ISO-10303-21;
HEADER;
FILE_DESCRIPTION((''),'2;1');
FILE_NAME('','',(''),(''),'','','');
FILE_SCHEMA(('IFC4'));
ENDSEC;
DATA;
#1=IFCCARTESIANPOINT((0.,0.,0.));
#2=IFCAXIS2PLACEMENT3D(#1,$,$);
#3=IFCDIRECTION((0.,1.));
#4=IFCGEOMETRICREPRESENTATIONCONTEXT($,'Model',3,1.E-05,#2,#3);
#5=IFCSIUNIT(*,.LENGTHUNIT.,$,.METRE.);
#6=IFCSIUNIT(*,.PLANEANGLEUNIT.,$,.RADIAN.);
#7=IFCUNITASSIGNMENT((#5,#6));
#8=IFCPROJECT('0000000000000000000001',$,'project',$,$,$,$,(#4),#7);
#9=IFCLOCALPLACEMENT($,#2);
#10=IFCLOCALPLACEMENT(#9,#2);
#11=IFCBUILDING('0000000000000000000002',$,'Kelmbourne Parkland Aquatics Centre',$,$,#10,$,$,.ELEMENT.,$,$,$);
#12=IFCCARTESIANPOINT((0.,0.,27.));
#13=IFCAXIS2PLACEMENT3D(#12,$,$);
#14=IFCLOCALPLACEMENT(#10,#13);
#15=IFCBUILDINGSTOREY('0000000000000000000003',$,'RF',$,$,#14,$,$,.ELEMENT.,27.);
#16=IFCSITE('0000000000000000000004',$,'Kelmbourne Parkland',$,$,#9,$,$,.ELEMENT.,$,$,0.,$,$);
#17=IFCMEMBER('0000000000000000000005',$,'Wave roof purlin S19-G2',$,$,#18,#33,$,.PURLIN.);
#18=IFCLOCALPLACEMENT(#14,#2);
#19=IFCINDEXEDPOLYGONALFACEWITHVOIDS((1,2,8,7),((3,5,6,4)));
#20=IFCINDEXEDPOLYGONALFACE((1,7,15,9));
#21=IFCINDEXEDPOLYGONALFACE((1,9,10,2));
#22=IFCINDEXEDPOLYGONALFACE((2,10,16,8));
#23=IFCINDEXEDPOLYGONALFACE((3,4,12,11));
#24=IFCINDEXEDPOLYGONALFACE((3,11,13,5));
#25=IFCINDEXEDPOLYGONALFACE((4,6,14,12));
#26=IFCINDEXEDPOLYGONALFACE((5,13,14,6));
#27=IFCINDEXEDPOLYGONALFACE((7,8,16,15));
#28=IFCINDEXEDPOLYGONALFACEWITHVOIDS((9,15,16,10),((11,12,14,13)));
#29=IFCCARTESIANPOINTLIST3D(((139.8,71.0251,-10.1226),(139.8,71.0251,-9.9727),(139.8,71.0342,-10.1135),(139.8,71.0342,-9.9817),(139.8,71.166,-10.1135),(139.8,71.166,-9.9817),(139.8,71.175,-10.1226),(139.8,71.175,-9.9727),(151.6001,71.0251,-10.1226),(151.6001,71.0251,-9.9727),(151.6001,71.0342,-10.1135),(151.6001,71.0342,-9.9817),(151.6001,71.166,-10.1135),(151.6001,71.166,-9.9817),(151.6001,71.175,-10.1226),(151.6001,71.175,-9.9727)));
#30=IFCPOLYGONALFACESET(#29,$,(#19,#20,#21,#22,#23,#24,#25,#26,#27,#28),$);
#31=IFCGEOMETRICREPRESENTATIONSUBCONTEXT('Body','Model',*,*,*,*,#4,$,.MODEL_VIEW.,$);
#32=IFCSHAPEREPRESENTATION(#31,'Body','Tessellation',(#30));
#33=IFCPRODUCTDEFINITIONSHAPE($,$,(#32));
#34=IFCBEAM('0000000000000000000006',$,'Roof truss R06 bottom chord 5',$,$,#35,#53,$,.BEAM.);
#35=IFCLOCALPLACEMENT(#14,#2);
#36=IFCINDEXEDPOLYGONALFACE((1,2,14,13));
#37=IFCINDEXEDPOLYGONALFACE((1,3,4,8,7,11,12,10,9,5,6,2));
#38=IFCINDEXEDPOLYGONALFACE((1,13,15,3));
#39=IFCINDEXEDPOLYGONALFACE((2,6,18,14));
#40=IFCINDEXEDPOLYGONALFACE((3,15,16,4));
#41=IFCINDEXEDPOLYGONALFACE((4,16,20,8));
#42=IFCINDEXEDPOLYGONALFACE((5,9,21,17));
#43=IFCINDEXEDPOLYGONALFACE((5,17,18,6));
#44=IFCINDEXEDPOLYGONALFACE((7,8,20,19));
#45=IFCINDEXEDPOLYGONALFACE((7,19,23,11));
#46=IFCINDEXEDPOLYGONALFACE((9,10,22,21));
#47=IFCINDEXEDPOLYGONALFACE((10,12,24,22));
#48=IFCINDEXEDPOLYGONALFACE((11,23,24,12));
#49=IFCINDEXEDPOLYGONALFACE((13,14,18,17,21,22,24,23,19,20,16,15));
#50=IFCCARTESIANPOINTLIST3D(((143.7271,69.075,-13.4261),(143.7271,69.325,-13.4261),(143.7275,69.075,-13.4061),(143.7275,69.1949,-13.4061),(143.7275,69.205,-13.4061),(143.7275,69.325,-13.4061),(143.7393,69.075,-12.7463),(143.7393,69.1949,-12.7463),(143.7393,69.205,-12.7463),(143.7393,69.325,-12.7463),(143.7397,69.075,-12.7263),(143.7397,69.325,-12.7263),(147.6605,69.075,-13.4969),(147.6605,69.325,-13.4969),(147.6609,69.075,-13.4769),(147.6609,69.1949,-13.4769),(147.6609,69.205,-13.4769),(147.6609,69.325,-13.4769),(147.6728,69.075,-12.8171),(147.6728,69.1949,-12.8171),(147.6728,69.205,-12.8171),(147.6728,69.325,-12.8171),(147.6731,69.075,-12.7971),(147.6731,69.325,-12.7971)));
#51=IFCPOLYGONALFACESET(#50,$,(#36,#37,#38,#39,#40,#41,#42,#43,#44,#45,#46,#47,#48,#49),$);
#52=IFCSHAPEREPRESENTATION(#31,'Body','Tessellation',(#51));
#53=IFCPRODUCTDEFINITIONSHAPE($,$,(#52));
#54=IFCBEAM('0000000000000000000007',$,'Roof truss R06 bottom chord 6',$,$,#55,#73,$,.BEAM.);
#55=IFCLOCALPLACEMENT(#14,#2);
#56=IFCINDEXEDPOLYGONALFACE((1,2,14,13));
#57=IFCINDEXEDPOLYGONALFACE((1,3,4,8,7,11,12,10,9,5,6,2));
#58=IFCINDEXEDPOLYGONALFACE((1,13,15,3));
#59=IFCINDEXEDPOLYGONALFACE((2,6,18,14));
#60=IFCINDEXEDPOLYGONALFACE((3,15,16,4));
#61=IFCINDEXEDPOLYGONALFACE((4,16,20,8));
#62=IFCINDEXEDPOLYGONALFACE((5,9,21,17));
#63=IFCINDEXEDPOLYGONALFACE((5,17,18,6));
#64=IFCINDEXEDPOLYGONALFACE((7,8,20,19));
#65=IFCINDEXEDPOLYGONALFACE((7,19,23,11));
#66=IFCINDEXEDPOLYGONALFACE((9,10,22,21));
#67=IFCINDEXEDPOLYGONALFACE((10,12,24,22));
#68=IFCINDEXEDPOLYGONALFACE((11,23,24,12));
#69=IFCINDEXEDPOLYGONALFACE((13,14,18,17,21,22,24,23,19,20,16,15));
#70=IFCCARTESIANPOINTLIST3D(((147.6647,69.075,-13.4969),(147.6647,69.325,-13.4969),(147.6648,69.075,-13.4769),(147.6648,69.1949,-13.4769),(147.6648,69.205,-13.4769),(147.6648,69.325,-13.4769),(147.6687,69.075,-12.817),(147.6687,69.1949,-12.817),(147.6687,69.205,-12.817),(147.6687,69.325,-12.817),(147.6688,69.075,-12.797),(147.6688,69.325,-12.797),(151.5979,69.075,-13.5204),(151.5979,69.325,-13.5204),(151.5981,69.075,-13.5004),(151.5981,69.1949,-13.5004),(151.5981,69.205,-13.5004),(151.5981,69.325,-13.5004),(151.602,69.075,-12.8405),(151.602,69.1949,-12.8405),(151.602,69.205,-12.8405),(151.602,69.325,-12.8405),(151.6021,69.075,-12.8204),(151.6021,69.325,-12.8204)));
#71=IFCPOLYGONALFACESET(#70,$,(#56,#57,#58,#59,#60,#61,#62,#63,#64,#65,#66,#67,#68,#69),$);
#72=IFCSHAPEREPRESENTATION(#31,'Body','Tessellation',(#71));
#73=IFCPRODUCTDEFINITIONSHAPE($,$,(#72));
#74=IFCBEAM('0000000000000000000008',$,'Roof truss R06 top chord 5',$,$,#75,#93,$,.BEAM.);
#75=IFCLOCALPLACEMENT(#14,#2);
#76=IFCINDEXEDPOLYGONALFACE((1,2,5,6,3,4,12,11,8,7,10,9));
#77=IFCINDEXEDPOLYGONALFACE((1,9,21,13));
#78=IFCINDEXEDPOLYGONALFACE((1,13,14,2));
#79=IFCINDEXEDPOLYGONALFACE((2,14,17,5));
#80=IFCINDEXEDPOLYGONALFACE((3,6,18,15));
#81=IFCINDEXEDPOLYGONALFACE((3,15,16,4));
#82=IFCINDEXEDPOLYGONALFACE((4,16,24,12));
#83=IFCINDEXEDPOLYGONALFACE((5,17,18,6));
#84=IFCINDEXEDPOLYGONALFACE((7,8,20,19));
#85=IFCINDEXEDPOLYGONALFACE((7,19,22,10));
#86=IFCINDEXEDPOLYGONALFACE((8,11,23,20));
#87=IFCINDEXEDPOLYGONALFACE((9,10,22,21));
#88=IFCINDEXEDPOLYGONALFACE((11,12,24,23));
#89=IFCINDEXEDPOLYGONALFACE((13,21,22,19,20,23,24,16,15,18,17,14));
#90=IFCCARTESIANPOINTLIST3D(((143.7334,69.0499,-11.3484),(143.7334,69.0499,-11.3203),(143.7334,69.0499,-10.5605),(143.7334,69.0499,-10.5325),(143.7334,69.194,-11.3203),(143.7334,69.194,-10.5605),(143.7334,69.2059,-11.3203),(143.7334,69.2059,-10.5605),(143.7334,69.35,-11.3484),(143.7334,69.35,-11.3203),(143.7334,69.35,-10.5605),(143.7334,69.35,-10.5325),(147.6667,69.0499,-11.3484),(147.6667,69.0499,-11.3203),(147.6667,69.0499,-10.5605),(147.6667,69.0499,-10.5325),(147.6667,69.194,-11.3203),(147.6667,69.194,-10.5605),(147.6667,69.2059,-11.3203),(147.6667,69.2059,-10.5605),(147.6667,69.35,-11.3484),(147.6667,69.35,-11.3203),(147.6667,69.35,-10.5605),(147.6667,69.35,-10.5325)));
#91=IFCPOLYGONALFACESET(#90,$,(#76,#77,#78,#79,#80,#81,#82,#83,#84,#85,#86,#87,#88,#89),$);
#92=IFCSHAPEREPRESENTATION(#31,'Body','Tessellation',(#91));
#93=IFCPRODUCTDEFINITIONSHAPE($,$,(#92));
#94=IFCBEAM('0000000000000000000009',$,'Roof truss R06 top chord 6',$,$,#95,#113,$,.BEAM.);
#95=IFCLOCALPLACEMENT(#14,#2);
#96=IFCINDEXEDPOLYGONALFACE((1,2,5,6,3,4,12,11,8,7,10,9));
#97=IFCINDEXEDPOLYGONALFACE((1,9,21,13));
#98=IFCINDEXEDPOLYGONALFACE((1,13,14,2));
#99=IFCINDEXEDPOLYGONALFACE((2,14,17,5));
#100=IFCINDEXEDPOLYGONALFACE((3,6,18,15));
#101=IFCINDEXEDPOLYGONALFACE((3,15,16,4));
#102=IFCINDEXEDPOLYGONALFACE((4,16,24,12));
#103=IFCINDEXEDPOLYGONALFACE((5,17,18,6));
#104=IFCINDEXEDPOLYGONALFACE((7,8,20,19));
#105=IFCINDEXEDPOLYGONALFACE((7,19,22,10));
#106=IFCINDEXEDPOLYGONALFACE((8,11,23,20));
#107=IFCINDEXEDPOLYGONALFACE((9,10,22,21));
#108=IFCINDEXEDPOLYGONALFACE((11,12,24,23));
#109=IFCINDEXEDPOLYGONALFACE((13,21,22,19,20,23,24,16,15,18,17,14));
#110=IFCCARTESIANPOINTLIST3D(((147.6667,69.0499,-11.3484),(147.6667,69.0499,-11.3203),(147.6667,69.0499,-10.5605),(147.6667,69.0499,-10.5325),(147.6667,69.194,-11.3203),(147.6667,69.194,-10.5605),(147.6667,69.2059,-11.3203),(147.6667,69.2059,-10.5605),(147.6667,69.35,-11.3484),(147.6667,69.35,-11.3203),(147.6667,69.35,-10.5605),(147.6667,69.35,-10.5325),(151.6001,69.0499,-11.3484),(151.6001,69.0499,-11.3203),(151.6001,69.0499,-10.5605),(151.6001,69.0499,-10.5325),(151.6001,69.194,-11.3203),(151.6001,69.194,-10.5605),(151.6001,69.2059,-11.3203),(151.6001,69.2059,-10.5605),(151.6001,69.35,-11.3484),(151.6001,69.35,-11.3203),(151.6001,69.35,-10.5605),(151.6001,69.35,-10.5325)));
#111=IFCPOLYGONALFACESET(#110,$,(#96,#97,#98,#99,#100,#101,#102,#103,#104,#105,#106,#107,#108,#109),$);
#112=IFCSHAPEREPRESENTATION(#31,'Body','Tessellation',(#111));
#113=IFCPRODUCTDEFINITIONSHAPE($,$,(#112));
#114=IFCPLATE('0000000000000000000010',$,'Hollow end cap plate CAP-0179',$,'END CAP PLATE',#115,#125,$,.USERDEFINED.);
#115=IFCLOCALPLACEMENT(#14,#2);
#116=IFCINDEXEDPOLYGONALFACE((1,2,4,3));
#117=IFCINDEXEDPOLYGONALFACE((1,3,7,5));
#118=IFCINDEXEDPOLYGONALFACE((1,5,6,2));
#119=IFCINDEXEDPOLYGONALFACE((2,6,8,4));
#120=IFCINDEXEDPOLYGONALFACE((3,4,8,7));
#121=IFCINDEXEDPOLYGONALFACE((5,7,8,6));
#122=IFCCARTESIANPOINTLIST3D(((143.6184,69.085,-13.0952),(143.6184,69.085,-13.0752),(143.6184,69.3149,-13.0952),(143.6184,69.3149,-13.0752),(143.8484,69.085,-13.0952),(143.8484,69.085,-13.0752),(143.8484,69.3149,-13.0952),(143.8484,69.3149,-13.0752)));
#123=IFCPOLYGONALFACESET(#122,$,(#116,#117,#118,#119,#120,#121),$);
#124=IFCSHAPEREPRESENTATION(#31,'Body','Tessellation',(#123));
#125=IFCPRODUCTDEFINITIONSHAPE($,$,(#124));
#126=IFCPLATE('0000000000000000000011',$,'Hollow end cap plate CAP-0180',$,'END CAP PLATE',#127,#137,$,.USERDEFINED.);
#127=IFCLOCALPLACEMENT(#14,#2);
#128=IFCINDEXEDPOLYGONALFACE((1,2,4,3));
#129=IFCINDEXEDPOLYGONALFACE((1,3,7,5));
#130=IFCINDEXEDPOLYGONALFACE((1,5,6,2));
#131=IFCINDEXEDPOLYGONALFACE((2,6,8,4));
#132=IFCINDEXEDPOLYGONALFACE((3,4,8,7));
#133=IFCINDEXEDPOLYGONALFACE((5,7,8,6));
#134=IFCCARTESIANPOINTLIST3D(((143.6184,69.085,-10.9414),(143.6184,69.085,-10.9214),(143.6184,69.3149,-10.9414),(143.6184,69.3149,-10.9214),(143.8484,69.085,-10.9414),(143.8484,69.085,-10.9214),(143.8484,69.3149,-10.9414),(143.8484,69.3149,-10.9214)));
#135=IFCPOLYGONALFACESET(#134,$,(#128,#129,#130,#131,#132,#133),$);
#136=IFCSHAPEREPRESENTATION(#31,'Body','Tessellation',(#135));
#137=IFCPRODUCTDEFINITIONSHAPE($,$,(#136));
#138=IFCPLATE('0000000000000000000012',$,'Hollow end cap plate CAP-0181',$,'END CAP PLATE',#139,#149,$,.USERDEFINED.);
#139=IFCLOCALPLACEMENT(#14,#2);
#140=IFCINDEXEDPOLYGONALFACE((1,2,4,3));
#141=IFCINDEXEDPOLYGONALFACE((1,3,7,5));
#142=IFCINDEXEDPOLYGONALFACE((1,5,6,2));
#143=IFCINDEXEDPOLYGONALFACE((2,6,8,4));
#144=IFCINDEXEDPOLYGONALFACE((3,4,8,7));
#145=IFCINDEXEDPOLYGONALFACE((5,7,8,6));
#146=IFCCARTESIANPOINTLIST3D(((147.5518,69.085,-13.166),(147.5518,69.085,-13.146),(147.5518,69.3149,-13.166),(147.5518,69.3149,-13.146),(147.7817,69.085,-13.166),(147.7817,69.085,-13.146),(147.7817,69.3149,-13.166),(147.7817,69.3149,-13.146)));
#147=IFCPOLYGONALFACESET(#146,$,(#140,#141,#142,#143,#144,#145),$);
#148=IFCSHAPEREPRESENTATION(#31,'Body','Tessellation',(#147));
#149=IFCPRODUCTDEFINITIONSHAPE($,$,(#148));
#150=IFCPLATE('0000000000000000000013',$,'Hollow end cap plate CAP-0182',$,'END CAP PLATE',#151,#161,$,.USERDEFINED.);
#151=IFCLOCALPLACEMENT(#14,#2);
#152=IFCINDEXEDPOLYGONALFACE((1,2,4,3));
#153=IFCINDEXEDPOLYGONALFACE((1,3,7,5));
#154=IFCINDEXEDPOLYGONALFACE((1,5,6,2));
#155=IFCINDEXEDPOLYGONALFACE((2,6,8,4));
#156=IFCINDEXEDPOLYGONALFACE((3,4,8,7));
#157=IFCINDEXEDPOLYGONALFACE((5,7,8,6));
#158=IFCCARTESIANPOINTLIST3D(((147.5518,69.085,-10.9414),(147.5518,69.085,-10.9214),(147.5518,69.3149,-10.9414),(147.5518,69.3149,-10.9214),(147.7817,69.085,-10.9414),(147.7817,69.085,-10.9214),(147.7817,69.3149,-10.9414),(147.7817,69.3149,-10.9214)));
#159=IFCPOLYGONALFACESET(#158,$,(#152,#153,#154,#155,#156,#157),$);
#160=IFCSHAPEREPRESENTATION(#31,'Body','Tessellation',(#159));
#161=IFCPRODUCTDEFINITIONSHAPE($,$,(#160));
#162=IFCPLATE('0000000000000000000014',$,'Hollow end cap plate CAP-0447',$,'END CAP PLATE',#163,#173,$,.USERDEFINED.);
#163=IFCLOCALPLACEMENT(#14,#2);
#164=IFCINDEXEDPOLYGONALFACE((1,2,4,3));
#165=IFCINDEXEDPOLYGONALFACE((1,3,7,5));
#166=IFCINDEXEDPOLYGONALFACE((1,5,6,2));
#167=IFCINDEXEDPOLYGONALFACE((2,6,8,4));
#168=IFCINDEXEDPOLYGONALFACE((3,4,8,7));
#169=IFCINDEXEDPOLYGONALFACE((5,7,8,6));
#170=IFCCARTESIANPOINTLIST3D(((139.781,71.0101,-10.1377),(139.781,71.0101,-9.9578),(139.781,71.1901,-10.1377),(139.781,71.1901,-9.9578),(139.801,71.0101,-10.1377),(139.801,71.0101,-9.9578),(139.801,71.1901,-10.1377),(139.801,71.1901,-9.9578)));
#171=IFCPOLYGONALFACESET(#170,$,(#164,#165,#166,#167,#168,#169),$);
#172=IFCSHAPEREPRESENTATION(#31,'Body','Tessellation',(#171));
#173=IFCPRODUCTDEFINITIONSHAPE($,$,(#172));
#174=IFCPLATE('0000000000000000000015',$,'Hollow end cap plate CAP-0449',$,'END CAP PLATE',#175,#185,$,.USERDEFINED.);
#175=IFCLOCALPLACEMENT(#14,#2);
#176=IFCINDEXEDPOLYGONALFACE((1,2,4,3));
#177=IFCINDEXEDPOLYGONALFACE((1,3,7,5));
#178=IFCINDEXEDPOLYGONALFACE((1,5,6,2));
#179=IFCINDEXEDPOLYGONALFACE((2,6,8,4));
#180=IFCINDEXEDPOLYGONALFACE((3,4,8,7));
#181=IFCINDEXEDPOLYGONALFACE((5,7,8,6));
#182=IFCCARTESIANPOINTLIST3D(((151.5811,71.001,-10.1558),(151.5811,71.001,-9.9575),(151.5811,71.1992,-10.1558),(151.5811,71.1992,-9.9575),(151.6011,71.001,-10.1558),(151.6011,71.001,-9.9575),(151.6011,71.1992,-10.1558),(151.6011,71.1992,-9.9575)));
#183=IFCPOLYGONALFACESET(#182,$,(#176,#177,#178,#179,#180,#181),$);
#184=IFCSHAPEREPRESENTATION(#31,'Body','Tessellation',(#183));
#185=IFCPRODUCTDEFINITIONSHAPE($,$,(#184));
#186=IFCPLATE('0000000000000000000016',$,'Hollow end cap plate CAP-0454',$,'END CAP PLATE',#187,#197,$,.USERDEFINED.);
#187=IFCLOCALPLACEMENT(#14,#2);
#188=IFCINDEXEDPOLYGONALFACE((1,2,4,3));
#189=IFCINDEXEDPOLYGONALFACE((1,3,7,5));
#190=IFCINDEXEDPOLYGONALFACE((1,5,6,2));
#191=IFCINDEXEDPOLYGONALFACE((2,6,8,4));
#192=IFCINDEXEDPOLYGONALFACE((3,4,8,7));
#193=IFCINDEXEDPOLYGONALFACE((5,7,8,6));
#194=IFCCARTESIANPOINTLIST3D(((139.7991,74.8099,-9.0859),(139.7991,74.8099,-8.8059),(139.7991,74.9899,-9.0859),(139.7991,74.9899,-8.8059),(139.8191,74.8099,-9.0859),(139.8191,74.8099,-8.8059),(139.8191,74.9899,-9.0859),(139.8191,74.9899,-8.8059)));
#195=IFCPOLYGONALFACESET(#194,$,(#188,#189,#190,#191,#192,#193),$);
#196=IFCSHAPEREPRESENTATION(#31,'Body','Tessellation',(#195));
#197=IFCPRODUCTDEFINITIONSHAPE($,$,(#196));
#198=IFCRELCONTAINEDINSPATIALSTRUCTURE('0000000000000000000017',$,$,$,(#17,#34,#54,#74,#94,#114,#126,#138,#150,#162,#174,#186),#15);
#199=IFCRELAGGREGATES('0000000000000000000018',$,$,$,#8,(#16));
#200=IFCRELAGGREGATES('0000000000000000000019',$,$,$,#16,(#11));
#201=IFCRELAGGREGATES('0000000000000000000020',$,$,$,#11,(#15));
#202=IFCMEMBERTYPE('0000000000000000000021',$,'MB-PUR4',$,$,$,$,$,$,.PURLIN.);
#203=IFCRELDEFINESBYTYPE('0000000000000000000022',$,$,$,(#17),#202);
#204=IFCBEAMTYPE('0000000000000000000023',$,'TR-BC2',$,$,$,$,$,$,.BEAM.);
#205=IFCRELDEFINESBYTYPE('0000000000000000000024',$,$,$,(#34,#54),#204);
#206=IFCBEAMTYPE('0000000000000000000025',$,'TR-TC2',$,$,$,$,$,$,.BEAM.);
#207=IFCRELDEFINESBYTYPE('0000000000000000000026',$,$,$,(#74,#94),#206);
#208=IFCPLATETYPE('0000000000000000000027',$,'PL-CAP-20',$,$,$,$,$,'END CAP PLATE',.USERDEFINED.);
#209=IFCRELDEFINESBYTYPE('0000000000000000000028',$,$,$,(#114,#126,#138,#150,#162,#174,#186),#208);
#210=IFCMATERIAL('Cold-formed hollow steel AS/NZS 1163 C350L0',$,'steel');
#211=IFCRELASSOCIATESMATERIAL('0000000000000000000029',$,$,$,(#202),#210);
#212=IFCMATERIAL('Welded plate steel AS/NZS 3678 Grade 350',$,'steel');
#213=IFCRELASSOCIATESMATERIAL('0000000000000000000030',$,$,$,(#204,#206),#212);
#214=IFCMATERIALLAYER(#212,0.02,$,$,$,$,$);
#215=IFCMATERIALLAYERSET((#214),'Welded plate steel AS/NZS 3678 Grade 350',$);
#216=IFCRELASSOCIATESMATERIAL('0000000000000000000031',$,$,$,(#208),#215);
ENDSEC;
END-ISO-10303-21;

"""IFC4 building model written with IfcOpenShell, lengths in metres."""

from ifc_helpers import new_model, si_unit, direction, frame, origin, origin_2d, place, context, subcontext, project, spatial, rectangle, hollow_rectangle, i_section, extrude, material, layer, layer_set, material_profile, profile_set, type_object, element, save


model = new_model("IFC4")

# Units and contexts
model_context = context("Model", 3, precision=1e-05, world=origin(), true_north=direction((0.0, 1.0)))
body_context = subcontext(model_context, "Body", "Model", "MODEL_VIEW")
ifc_project = project(units=[si_unit("LENGTHUNIT", "METRE"), si_unit("PLANEANGLEUNIT", "RADIAN")], contexts=[model_context])

# Site, building, storey
site_placement = place(None, origin())
site = spatial("IfcSite", under=ifc_project, at=site_placement, Name="Kelmbourne Parkland", CompositionType="ELEMENT", RefElevation=0.0)
building_placement = place(site_placement, origin())
building = spatial("IfcBuilding", under=site, at=building_placement, Name="Kelmbourne Parkland Aquatics Centre", CompositionType="ELEMENT")
storey_placement = place(building_placement, frame((0.0, 0.0, 27.0)))
storey = spatial("IfcBuildingStorey", under=building, at=storey_placement, Name="RF", CompositionType="ELEMENT", Elevation=27.0)

# Member
ifc_material_1 = material(Name="Cold-formed hollow steel AS/NZS 1163 C350L0", Category="steel")
ifc_material_profile_1 = material_profile(ifc_material_1, hollow_rectangle(XDim=0.1499, YDim=0.1499, WallThickness=0.009, at=origin_2d()), Name="SHS 150x150x9.0")
ifc_profile_set_1 = profile_set([ifc_material_profile_1], Name="Cold-formed hollow steel AS/NZS 1163 C350L0")
member_type_1 = type_object("IfcMemberType", Name="MB-PUR4", PredefinedType="PURLIN", material=ifc_profile_set_1)
member_1_placement = place(storey_placement, frame((139.8, 71.1001, -10.0476), z_axis=(1.0, 0.0, 0.0), x_axis=(0.0, 1.0, 0.0)))
element("IfcMember", 1, at=member_1_placement, inside=storey, type_object=member_type_1, Name="Wave roof purlin S19-G2", PredefinedType="PURLIN", context=body_context, shape_type="SweptSolid", body=[
    extrude(hollow_rectangle(XDim=0.1499, YDim=0.1499, WallThickness=0.009, at=origin_2d()), origin(), (0.0, 0.0, 1.0), 11.8),
])

# Beams
ifc_material_2 = material(Name="Welded plate steel AS/NZS 3678 Grade 350", Category="steel")
ifc_material_profile_2 = material_profile(ifc_material_2, i_section(OverallWidth=0.25, OverallDepth=0.7, WebThickness=0.01, FlangeThickness=0.02, at=origin_2d()), Name="700WB130")
ifc_profile_set_2 = profile_set([ifc_material_profile_2], Name="Welded plate steel AS/NZS 3678 Grade 350")
beam_type_1 = type_object("IfcBeamType", Name="TR-BC2", PredefinedType="BEAM", material=ifc_profile_set_2)
beam_1_placement = place(storey_placement, frame((143.7334, 69.2, -13.0762), z_axis=(0.999838, 0.0, -0.017997), x_axis=(0.0, 1.0, 0.0)))
element("IfcBeam", 2, at=beam_1_placement, inside=storey, type_object=beam_type_1, Name="Roof truss R06 bottom chord 5", PredefinedType="BEAM", context=body_context, shape_type="SweptSolid", body=[
    extrude(i_section(OverallWidth=0.25, OverallDepth=0.7, WebThickness=0.01, FlangeThickness=0.02, at=origin_2d()), origin(), (0.0, 0.0, 1.0), 3.9341),
])
beam_2_placement = place(storey_placement, frame((147.6667, 69.2, -13.147), z_axis=(0.999982, 0.0, -0.005959), x_axis=(0.0, 1.0, 0.0)))
element("IfcBeam", 3, at=beam_2_placement, inside=storey, type_object=beam_type_1, Name="Roof truss R06 bottom chord 6", PredefinedType="BEAM", context=body_context, shape_type="SweptSolid", body=[
    extrude(i_section(OverallWidth=0.25, OverallDepth=0.7, WebThickness=0.01, FlangeThickness=0.02, at=origin_2d()), origin(), (0.0, 0.0, 1.0), 3.9333),
])
ifc_material_profile_3 = material_profile(ifc_material_2, i_section(OverallWidth=0.3, OverallDepth=0.8159, WebThickness=0.012, FlangeThickness=0.0281, at=origin_2d()), Name="800WB192")
ifc_profile_set_3 = profile_set([ifc_material_profile_3], Name="Welded plate steel AS/NZS 3678 Grade 350")
beam_type_2 = type_object("IfcBeamType", Name="TR-TC2", PredefinedType="BEAM", material=ifc_profile_set_3)
for number, where, z_axis, x_axis, name in (
    (4, (143.7334, 69.2, -10.9404), (1.0, 0.0, 0.0), (0.0, 1.0, 0.0), "Roof truss R06 top chord 5"),
    (5, (147.6667, 69.2, -10.9404), (1.0, 0.0, 0.0), (0.0, 1.0, 0.0), "Roof truss R06 top chord 6"),
):
    element("IfcBeam", number, at=place(storey_placement, frame(where, z_axis=z_axis, x_axis=x_axis)), inside=storey, type_object=beam_type_2, Name=name, PredefinedType="BEAM", context=body_context, shape_type="SweptSolid", body=[
        extrude(i_section(OverallWidth=0.3, OverallDepth=0.8159, WebThickness=0.012, FlangeThickness=0.0281, at=origin_2d()), origin(), (0.0, 0.0, 1.0), 3.9333),
    ])

# Plates
ifc_layer_1 = layer(ifc_material_2, 0.02)
ifc_layer_set_1 = layer_set([ifc_layer_1], Name="Welded plate steel AS/NZS 3678 Grade 350")
plate_type_1 = type_object("IfcPlateType", Name="PL-CAP-20", ElementType="END CAP PLATE", PredefinedType="USERDEFINED", material=ifc_layer_set_1)
for number, where, z_axis, x_axis, name in (
    (6, (143.7334, 69.2, -13.0952), (0.0, 0.0, 1.0), (1.0, 0.0, 0.0), "Hollow end cap plate CAP-0179"),
    (7, (143.7334, 69.2, -10.9414), (0.0, 0.0, 1.0), (1.0, 0.0, 0.0), "Hollow end cap plate CAP-0180"),
    (8, (147.6667, 69.2, -13.166), (0.0, 0.0, 1.0), (1.0, 0.0, 0.0), "Hollow end cap plate CAP-0181"),
    (9, (147.6667, 69.2, -10.9414), (0.0, 0.0, 1.0), (1.0, 0.0, 0.0), "Hollow end cap plate CAP-0182"),
):
    element("IfcPlate", number, at=place(storey_placement, frame(where, z_axis=z_axis, x_axis=x_axis)), inside=storey, type_object=plate_type_1, Name=name, ObjectType="END CAP PLATE", PredefinedType="USERDEFINED", context=body_context, shape_type="SweptSolid", body=[
        extrude(rectangle(XDim=0.23, YDim=0.23, at=origin_2d()), origin(), (0.0, 0.0, 1.0), 0.02),
    ])
plate_1_placement = place(storey_placement, frame((139.791, 71.1001, -10.1377), z_axis=(0.0, 0.0, 1.0), x_axis=(-1.0, 0.0, 0.0)))
element("IfcPlate", 10, at=plate_1_placement, inside=storey, type_object=plate_type_1, Name="Hollow end cap plate CAP-0447", ObjectType="END CAP PLATE", PredefinedType="USERDEFINED", context=body_context, shape_type="SweptSolid", body=[
    extrude(rectangle(XDim=0.02, YDim=0.1799, at=origin_2d()), origin(), (0.0, 0.0, 1.0), 0.1799),
])
plate_2_placement = place(storey_placement, frame((151.5911, 71.1001, -10.1558), z_axis=(0.0, 0.0, 1.0), x_axis=(-1.0, 0.0, 0.0)))
element("IfcPlate", 11, at=plate_2_placement, inside=storey, type_object=plate_type_1, Name="Hollow end cap plate CAP-0449", ObjectType="END CAP PLATE", PredefinedType="USERDEFINED", context=body_context, shape_type="SweptSolid", body=[
    extrude(rectangle(XDim=0.02, YDim=0.1982, at=origin_2d()), origin(), (0.0, 0.0, 1.0), 0.1982),
])
plate_3_placement = place(storey_placement, frame((139.8091, 74.8999, -9.0859), z_axis=(0.0, 0.0, 1.0), x_axis=(1.0, 0.0, 0.0)))
element("IfcPlate", 12, at=plate_3_placement, inside=storey, type_object=plate_type_1, Name="Hollow end cap plate CAP-0454", ObjectType="END CAP PLATE", PredefinedType="USERDEFINED", context=body_context, shape_type="SweptSolid", body=[
    extrude(rectangle(XDim=0.02, YDim=0.1799, at=origin_2d()), origin(), (0.0, 0.0, 1.0), 0.28),
])

save(model, "model.ifc")
